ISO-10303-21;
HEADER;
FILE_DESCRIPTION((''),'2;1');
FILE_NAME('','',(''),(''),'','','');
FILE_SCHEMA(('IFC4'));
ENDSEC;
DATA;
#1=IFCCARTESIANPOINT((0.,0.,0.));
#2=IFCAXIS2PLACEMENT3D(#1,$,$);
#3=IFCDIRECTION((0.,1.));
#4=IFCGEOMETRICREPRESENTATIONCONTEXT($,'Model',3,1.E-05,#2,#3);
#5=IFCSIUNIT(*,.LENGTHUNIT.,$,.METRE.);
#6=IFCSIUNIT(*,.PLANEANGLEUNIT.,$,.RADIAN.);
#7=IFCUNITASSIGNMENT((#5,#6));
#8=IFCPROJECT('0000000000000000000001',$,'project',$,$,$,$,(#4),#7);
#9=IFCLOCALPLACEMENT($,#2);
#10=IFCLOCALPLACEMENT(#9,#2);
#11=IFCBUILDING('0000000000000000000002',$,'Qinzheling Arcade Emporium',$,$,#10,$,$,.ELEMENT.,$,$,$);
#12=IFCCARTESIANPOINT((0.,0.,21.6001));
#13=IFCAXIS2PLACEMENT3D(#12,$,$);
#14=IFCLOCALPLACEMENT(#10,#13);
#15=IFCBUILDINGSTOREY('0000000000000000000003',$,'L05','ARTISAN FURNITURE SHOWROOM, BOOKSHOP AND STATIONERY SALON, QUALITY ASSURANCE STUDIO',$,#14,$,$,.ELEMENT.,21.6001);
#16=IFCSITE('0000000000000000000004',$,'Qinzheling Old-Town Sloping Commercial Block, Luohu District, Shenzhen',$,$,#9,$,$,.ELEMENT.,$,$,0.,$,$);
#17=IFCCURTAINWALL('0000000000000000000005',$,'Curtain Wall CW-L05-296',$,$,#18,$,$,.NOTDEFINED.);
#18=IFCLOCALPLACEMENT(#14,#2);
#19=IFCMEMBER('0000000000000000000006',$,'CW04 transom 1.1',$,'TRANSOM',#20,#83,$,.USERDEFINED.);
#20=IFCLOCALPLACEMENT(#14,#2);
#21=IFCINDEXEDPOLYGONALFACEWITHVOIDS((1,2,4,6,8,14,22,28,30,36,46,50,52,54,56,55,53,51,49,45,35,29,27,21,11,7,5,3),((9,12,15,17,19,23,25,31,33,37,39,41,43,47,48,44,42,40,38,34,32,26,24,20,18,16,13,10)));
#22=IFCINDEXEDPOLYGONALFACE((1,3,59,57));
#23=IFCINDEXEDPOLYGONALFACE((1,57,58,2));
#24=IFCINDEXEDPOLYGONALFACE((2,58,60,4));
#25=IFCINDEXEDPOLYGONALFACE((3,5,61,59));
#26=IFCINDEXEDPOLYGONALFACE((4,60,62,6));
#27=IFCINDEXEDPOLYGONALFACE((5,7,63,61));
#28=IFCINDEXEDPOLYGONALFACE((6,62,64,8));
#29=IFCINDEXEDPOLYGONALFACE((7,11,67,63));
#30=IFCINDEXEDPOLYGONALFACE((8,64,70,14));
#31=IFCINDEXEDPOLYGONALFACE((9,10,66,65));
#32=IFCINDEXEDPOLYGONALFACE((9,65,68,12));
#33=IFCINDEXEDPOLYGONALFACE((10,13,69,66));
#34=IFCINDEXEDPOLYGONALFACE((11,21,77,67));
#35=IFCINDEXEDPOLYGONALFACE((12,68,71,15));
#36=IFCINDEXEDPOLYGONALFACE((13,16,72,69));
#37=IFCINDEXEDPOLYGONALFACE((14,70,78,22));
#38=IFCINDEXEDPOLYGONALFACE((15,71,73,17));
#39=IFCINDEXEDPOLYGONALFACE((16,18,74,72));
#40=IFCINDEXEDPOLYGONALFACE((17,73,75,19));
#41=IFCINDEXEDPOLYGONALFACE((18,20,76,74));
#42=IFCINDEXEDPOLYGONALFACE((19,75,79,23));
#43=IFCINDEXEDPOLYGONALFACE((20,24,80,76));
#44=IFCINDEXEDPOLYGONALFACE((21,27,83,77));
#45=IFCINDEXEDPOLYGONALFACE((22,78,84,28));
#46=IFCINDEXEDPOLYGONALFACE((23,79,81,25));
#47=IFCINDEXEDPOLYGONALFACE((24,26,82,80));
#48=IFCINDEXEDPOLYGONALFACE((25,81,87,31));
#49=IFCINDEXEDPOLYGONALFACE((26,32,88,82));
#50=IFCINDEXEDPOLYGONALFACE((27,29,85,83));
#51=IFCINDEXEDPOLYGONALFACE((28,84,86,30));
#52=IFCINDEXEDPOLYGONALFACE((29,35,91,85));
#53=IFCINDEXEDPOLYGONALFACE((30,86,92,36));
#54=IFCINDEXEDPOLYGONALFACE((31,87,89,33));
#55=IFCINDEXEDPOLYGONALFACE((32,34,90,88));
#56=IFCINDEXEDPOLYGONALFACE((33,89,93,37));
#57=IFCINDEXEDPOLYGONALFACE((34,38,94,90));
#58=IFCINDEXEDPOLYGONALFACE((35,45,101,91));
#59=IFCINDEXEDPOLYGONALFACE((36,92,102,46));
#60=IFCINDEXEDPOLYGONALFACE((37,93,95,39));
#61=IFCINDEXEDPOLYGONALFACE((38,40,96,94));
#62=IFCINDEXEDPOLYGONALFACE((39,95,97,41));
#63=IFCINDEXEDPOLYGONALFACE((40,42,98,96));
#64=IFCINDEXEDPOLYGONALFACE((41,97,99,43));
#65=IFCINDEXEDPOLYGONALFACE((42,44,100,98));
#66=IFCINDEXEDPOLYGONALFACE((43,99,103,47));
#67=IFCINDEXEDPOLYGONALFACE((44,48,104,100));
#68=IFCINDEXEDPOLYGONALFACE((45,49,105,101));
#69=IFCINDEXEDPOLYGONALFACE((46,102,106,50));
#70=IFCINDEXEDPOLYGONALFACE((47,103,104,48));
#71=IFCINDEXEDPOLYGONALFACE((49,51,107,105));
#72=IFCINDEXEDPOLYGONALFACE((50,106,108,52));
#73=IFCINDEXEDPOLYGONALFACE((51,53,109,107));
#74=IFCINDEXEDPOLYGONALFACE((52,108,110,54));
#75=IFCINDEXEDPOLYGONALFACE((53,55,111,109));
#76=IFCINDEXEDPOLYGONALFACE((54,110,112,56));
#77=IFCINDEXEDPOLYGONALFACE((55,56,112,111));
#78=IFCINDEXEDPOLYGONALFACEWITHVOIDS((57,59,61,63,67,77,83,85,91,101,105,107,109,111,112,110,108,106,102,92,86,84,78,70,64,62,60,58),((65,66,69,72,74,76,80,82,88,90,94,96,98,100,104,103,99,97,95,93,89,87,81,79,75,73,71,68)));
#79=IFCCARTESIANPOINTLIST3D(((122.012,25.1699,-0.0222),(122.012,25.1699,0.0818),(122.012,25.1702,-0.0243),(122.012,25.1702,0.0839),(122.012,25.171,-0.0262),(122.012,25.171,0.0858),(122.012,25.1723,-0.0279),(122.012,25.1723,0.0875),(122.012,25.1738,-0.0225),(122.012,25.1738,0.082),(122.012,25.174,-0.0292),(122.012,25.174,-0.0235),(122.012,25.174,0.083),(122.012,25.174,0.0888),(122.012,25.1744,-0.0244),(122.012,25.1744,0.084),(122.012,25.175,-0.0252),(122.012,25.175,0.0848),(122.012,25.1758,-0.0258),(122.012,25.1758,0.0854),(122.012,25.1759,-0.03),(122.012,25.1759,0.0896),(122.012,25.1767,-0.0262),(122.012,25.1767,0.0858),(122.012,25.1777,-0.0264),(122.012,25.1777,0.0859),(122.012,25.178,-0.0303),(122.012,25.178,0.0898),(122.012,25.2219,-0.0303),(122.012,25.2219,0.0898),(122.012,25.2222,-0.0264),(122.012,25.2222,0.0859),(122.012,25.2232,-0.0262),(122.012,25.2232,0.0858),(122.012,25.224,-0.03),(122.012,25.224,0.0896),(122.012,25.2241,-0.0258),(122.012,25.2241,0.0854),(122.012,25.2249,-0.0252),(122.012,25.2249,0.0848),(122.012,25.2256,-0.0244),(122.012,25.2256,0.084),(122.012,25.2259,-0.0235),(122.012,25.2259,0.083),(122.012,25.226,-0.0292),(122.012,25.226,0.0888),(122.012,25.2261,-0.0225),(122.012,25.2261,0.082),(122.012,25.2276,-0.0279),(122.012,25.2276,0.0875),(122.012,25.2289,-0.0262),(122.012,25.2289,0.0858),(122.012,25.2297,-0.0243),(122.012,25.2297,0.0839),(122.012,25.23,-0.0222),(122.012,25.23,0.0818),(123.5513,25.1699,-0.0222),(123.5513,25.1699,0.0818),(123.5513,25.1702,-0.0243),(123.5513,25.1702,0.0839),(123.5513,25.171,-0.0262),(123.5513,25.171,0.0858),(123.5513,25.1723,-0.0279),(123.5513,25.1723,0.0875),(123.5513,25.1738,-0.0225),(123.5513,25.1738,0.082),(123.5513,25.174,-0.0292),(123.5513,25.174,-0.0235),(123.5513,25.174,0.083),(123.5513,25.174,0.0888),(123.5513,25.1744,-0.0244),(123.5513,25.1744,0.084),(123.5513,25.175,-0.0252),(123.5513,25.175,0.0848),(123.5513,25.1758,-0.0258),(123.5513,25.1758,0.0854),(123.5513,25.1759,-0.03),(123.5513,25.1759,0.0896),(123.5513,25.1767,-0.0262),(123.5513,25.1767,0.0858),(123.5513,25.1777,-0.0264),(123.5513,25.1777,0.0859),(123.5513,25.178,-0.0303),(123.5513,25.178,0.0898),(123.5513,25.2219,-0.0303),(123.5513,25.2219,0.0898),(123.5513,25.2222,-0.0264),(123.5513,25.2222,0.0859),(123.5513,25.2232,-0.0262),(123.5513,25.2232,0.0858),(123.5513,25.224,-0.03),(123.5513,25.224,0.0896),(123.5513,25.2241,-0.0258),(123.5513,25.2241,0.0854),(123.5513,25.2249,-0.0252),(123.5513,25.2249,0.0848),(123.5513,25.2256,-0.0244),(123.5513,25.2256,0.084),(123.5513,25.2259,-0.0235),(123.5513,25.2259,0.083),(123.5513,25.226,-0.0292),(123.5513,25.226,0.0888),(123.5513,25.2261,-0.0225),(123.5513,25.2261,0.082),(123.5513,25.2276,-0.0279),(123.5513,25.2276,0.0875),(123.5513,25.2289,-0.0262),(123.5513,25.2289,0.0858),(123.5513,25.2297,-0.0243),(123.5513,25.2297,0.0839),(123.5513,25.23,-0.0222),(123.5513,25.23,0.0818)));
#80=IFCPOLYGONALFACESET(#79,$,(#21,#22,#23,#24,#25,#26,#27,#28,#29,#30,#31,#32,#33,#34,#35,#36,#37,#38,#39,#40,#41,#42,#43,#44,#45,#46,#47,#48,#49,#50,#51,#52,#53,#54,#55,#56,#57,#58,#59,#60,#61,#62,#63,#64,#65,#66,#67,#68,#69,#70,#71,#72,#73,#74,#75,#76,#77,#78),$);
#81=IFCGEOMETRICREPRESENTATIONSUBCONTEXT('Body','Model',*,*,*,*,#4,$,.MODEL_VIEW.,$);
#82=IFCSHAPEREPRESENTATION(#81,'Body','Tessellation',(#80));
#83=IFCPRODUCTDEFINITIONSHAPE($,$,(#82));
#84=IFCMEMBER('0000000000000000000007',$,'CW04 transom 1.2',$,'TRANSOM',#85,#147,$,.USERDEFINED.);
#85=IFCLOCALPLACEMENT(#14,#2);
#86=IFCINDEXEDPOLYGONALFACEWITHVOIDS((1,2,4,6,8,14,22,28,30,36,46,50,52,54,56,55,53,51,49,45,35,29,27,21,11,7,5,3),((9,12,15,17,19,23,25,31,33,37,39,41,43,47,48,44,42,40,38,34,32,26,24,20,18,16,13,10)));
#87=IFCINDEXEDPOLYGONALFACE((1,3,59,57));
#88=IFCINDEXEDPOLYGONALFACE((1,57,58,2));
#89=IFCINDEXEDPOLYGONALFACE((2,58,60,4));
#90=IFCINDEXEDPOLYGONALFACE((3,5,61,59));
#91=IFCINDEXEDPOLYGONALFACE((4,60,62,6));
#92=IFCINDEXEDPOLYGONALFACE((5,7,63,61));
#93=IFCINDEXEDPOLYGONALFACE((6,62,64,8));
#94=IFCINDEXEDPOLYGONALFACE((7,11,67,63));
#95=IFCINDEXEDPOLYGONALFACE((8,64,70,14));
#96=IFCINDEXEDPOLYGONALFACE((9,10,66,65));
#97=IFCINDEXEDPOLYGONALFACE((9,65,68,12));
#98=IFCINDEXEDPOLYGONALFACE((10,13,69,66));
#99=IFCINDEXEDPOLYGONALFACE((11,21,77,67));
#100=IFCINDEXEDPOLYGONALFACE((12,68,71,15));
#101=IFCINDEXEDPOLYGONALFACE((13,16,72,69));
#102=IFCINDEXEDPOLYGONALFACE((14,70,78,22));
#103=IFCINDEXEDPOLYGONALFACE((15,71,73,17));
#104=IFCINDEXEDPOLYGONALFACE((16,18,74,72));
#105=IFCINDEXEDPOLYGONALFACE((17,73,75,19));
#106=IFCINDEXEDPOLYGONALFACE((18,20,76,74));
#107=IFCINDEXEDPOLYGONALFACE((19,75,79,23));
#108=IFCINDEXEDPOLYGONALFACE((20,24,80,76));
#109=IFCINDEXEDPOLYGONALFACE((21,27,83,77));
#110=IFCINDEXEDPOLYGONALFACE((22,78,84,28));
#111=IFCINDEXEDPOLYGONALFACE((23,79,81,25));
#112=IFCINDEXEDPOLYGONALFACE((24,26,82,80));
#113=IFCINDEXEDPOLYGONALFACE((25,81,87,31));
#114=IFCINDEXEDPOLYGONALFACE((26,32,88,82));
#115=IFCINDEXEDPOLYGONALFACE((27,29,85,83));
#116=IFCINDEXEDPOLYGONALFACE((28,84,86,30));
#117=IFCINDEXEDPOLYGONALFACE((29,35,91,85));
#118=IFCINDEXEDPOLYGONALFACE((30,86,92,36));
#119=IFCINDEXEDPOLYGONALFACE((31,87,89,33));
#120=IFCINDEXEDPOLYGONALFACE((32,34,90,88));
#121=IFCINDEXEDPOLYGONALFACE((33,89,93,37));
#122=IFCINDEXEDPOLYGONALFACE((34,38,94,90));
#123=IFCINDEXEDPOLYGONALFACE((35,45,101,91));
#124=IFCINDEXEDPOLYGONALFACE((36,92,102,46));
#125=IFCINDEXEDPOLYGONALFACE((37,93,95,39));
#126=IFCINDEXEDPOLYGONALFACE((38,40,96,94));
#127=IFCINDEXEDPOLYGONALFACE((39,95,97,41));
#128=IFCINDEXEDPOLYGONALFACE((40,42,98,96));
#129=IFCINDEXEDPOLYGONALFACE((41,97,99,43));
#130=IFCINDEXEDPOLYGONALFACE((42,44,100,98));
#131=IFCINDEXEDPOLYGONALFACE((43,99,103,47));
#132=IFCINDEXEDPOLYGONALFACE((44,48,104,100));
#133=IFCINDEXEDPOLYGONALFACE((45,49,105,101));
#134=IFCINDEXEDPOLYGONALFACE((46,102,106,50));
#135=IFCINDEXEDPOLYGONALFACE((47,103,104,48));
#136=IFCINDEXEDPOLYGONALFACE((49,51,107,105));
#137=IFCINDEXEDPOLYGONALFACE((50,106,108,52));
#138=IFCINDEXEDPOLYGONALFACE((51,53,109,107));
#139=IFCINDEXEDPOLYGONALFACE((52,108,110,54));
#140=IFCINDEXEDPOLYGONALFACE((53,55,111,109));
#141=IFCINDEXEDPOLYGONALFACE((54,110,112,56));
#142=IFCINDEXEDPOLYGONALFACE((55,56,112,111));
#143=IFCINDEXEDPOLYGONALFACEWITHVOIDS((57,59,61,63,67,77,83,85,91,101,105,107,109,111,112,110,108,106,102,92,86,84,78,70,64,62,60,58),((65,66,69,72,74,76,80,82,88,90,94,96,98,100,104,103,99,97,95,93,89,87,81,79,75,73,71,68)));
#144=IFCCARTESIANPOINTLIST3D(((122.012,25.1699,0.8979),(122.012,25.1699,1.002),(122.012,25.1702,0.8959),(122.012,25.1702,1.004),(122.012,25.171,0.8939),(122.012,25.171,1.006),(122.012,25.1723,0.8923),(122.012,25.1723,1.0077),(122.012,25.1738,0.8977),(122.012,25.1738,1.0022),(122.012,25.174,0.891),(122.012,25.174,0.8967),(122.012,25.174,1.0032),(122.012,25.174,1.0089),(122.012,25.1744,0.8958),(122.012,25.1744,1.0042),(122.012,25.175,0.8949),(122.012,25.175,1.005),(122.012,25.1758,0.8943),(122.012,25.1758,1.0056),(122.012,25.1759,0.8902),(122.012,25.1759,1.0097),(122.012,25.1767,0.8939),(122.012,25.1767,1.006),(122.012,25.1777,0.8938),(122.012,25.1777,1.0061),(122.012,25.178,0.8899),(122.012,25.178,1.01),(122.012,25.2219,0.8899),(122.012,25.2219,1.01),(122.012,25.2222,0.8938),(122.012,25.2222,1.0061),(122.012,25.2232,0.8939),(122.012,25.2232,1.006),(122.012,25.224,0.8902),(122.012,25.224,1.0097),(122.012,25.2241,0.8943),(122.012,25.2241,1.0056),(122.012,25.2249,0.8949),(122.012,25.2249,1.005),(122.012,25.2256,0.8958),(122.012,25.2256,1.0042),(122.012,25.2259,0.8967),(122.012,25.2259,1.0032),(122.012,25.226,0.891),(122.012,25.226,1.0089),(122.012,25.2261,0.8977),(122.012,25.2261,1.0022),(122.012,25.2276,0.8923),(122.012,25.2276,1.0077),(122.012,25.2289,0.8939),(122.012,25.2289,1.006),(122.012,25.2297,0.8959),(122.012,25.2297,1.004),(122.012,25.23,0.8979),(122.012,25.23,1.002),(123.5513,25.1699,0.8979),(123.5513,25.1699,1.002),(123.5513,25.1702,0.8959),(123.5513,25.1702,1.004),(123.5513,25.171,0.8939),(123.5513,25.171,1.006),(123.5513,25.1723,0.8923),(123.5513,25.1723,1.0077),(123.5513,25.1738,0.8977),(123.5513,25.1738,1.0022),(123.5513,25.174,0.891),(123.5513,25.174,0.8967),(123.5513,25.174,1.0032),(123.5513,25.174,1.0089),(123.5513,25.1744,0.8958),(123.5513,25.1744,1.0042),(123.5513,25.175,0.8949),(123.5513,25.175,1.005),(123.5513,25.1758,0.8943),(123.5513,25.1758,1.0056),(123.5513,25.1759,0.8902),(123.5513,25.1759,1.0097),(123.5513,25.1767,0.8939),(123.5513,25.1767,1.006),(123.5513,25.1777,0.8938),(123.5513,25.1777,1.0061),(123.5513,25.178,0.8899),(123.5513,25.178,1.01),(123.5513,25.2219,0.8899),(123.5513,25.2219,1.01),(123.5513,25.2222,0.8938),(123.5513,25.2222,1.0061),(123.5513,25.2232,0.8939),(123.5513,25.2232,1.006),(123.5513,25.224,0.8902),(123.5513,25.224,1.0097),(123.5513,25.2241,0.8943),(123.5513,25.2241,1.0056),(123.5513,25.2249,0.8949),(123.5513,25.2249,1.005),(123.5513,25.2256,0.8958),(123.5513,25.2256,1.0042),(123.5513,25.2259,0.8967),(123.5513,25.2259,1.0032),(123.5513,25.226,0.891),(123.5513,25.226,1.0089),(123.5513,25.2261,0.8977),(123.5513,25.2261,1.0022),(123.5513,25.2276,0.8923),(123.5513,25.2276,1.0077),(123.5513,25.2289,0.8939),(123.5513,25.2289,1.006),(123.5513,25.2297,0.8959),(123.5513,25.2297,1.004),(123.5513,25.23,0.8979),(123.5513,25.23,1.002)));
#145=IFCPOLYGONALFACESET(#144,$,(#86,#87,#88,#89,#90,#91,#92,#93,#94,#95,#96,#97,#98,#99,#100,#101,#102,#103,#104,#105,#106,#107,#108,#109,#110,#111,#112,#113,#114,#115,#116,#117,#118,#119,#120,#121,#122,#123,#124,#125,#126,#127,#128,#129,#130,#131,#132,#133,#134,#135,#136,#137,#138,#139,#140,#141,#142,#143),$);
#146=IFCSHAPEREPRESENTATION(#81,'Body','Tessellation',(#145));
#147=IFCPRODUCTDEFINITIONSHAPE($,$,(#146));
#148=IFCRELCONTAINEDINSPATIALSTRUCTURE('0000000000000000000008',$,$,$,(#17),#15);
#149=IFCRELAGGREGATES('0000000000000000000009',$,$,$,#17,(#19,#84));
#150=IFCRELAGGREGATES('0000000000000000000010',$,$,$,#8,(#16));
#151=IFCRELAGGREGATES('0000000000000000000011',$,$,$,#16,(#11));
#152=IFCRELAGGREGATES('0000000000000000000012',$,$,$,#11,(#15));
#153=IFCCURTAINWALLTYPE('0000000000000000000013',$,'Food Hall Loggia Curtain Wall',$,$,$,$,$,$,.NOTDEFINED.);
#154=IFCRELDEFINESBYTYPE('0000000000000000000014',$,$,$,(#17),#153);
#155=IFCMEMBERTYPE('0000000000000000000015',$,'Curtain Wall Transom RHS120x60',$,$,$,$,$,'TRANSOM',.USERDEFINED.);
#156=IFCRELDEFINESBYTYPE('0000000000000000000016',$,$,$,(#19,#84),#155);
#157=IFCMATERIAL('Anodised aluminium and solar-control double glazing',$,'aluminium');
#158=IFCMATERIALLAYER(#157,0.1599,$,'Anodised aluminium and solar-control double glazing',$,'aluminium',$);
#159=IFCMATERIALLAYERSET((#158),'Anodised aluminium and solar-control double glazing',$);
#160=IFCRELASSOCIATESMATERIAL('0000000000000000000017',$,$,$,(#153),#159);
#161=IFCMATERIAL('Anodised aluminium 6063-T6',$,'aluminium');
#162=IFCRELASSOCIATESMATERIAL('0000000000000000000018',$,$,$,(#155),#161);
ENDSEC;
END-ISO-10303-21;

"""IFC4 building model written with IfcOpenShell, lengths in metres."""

from ifc_helpers import new_model, si_unit, direction, frame, origin, origin_2d, place, context, subcontext, project, spatial, hollow_rectangle, extrude, material, layer, layer_set, material_profile, profile_set, type_object, element, aggregate, save


model = new_model("IFC4")

# Units and contexts
model_context = context("Model", 3, precision=1e-05, world=origin(), true_north=direction((0.0, 1.0)))
body_context = subcontext(model_context, "Body", "Model", "MODEL_VIEW")
ifc_project = project(units=[si_unit("LENGTHUNIT", "METRE"), si_unit("PLANEANGLEUNIT", "RADIAN")], contexts=[model_context])

# Site, building, storey
site_placement = place(None, origin())
site = spatial("IfcSite", under=ifc_project, at=site_placement, Name="Qinzheling Old-Town Sloping Commercial Block, Luohu District, Shenzhen", CompositionType="ELEMENT", RefElevation=0.0)
building_placement = place(site_placement, origin())
building = spatial("IfcBuilding", under=site, at=building_placement, Name="Qinzheling Arcade Emporium", CompositionType="ELEMENT")
storey_placement = place(building_placement, frame((0.0, 0.0, 21.6001)))
storey = spatial("IfcBuildingStorey", under=building, at=storey_placement, Name="L05", Description="ARTISAN FURNITURE SHOWROOM, BOOKSHOP AND STATIONERY SALON, QUALITY ASSURANCE STUDIO", CompositionType="ELEMENT", Elevation=21.6001)

# Curtain wall, members
ifc_material_1 = material(Name="Anodised aluminium and solar-control double glazing", Category="aluminium")
ifc_layer_1 = layer(ifc_material_1, 0.1599, Name="Anodised aluminium and solar-control double glazing", Category="aluminium")
ifc_layer_set_1 = layer_set([ifc_layer_1], Name="Anodised aluminium and solar-control double glazing")
curtain_wall_type = type_object("IfcCurtainWallType", Name="Food Hall Loggia Curtain Wall", PredefinedType="NOTDEFINED", material=ifc_layer_set_1)
curtain_wall_placement = place(storey_placement, origin())
curtain_wall = element("IfcCurtainWall", 1, at=curtain_wall_placement, inside=storey, type_object=curtain_wall_type, Name="Curtain Wall CW-L05-296", PredefinedType="NOTDEFINED")
ifc_material_2 = material(Name="Anodised aluminium 6063-T6", Category="aluminium")
ifc_material_profile_1 = material_profile(ifc_material_2, hollow_rectangle(XDim=0.0601, YDim=0.1201, WallThickness=0.0039, InnerFilletRadius=0.0039, OuterFilletRadius=0.0081, at=origin_2d()), Name="RHS 120x60x4", Category="aluminium")
ifc_profile_set_1 = profile_set([ifc_material_profile_1], Name="Anodised aluminium 6063-T6")
member_type_1 = type_object("IfcMemberType", Name="Curtain Wall Transom RHS120x60", ElementType="TRANSOM", PredefinedType="USERDEFINED", material=ifc_profile_set_1)
member_1_placement = place(storey_placement, frame((122.012, 25.2, 0.0298), z_axis=(1.0, 0.0, 0.0), x_axis=(0.0, 1.0, 0.0)))
member_1 = element("IfcMember", 2, at=member_1_placement, type_object=member_type_1, Name="CW04 transom 1.1", ObjectType="TRANSOM", PredefinedType="USERDEFINED", context=body_context, shape_type="SweptSolid", body=[
    extrude(hollow_rectangle(XDim=0.0601, YDim=0.1201, WallThickness=0.0039, InnerFilletRadius=0.0039, OuterFilletRadius=0.0081, at=origin_2d()), origin(), (0.0, 0.0, 1.0), 1.5393),
])
member_2_placement = place(storey_placement, frame((122.012, 25.2, 0.95), z_axis=(1.0, 0.0, 0.0), x_axis=(0.0, 1.0, 0.0)))
member_2 = element("IfcMember", 3, at=member_2_placement, type_object=member_type_1, Name="CW04 transom 1.2", ObjectType="TRANSOM", PredefinedType="USERDEFINED", context=body_context, shape_type="SweptSolid", body=[
    extrude(hollow_rectangle(XDim=0.0601, YDim=0.1201, WallThickness=0.0039, InnerFilletRadius=0.0039, OuterFilletRadius=0.0081, at=origin_2d()), origin(), (0.0, 0.0, 1.0), 1.5393),
])

aggregate(curtain_wall, [member_1, member_2])

save(model, "model.ifc")
